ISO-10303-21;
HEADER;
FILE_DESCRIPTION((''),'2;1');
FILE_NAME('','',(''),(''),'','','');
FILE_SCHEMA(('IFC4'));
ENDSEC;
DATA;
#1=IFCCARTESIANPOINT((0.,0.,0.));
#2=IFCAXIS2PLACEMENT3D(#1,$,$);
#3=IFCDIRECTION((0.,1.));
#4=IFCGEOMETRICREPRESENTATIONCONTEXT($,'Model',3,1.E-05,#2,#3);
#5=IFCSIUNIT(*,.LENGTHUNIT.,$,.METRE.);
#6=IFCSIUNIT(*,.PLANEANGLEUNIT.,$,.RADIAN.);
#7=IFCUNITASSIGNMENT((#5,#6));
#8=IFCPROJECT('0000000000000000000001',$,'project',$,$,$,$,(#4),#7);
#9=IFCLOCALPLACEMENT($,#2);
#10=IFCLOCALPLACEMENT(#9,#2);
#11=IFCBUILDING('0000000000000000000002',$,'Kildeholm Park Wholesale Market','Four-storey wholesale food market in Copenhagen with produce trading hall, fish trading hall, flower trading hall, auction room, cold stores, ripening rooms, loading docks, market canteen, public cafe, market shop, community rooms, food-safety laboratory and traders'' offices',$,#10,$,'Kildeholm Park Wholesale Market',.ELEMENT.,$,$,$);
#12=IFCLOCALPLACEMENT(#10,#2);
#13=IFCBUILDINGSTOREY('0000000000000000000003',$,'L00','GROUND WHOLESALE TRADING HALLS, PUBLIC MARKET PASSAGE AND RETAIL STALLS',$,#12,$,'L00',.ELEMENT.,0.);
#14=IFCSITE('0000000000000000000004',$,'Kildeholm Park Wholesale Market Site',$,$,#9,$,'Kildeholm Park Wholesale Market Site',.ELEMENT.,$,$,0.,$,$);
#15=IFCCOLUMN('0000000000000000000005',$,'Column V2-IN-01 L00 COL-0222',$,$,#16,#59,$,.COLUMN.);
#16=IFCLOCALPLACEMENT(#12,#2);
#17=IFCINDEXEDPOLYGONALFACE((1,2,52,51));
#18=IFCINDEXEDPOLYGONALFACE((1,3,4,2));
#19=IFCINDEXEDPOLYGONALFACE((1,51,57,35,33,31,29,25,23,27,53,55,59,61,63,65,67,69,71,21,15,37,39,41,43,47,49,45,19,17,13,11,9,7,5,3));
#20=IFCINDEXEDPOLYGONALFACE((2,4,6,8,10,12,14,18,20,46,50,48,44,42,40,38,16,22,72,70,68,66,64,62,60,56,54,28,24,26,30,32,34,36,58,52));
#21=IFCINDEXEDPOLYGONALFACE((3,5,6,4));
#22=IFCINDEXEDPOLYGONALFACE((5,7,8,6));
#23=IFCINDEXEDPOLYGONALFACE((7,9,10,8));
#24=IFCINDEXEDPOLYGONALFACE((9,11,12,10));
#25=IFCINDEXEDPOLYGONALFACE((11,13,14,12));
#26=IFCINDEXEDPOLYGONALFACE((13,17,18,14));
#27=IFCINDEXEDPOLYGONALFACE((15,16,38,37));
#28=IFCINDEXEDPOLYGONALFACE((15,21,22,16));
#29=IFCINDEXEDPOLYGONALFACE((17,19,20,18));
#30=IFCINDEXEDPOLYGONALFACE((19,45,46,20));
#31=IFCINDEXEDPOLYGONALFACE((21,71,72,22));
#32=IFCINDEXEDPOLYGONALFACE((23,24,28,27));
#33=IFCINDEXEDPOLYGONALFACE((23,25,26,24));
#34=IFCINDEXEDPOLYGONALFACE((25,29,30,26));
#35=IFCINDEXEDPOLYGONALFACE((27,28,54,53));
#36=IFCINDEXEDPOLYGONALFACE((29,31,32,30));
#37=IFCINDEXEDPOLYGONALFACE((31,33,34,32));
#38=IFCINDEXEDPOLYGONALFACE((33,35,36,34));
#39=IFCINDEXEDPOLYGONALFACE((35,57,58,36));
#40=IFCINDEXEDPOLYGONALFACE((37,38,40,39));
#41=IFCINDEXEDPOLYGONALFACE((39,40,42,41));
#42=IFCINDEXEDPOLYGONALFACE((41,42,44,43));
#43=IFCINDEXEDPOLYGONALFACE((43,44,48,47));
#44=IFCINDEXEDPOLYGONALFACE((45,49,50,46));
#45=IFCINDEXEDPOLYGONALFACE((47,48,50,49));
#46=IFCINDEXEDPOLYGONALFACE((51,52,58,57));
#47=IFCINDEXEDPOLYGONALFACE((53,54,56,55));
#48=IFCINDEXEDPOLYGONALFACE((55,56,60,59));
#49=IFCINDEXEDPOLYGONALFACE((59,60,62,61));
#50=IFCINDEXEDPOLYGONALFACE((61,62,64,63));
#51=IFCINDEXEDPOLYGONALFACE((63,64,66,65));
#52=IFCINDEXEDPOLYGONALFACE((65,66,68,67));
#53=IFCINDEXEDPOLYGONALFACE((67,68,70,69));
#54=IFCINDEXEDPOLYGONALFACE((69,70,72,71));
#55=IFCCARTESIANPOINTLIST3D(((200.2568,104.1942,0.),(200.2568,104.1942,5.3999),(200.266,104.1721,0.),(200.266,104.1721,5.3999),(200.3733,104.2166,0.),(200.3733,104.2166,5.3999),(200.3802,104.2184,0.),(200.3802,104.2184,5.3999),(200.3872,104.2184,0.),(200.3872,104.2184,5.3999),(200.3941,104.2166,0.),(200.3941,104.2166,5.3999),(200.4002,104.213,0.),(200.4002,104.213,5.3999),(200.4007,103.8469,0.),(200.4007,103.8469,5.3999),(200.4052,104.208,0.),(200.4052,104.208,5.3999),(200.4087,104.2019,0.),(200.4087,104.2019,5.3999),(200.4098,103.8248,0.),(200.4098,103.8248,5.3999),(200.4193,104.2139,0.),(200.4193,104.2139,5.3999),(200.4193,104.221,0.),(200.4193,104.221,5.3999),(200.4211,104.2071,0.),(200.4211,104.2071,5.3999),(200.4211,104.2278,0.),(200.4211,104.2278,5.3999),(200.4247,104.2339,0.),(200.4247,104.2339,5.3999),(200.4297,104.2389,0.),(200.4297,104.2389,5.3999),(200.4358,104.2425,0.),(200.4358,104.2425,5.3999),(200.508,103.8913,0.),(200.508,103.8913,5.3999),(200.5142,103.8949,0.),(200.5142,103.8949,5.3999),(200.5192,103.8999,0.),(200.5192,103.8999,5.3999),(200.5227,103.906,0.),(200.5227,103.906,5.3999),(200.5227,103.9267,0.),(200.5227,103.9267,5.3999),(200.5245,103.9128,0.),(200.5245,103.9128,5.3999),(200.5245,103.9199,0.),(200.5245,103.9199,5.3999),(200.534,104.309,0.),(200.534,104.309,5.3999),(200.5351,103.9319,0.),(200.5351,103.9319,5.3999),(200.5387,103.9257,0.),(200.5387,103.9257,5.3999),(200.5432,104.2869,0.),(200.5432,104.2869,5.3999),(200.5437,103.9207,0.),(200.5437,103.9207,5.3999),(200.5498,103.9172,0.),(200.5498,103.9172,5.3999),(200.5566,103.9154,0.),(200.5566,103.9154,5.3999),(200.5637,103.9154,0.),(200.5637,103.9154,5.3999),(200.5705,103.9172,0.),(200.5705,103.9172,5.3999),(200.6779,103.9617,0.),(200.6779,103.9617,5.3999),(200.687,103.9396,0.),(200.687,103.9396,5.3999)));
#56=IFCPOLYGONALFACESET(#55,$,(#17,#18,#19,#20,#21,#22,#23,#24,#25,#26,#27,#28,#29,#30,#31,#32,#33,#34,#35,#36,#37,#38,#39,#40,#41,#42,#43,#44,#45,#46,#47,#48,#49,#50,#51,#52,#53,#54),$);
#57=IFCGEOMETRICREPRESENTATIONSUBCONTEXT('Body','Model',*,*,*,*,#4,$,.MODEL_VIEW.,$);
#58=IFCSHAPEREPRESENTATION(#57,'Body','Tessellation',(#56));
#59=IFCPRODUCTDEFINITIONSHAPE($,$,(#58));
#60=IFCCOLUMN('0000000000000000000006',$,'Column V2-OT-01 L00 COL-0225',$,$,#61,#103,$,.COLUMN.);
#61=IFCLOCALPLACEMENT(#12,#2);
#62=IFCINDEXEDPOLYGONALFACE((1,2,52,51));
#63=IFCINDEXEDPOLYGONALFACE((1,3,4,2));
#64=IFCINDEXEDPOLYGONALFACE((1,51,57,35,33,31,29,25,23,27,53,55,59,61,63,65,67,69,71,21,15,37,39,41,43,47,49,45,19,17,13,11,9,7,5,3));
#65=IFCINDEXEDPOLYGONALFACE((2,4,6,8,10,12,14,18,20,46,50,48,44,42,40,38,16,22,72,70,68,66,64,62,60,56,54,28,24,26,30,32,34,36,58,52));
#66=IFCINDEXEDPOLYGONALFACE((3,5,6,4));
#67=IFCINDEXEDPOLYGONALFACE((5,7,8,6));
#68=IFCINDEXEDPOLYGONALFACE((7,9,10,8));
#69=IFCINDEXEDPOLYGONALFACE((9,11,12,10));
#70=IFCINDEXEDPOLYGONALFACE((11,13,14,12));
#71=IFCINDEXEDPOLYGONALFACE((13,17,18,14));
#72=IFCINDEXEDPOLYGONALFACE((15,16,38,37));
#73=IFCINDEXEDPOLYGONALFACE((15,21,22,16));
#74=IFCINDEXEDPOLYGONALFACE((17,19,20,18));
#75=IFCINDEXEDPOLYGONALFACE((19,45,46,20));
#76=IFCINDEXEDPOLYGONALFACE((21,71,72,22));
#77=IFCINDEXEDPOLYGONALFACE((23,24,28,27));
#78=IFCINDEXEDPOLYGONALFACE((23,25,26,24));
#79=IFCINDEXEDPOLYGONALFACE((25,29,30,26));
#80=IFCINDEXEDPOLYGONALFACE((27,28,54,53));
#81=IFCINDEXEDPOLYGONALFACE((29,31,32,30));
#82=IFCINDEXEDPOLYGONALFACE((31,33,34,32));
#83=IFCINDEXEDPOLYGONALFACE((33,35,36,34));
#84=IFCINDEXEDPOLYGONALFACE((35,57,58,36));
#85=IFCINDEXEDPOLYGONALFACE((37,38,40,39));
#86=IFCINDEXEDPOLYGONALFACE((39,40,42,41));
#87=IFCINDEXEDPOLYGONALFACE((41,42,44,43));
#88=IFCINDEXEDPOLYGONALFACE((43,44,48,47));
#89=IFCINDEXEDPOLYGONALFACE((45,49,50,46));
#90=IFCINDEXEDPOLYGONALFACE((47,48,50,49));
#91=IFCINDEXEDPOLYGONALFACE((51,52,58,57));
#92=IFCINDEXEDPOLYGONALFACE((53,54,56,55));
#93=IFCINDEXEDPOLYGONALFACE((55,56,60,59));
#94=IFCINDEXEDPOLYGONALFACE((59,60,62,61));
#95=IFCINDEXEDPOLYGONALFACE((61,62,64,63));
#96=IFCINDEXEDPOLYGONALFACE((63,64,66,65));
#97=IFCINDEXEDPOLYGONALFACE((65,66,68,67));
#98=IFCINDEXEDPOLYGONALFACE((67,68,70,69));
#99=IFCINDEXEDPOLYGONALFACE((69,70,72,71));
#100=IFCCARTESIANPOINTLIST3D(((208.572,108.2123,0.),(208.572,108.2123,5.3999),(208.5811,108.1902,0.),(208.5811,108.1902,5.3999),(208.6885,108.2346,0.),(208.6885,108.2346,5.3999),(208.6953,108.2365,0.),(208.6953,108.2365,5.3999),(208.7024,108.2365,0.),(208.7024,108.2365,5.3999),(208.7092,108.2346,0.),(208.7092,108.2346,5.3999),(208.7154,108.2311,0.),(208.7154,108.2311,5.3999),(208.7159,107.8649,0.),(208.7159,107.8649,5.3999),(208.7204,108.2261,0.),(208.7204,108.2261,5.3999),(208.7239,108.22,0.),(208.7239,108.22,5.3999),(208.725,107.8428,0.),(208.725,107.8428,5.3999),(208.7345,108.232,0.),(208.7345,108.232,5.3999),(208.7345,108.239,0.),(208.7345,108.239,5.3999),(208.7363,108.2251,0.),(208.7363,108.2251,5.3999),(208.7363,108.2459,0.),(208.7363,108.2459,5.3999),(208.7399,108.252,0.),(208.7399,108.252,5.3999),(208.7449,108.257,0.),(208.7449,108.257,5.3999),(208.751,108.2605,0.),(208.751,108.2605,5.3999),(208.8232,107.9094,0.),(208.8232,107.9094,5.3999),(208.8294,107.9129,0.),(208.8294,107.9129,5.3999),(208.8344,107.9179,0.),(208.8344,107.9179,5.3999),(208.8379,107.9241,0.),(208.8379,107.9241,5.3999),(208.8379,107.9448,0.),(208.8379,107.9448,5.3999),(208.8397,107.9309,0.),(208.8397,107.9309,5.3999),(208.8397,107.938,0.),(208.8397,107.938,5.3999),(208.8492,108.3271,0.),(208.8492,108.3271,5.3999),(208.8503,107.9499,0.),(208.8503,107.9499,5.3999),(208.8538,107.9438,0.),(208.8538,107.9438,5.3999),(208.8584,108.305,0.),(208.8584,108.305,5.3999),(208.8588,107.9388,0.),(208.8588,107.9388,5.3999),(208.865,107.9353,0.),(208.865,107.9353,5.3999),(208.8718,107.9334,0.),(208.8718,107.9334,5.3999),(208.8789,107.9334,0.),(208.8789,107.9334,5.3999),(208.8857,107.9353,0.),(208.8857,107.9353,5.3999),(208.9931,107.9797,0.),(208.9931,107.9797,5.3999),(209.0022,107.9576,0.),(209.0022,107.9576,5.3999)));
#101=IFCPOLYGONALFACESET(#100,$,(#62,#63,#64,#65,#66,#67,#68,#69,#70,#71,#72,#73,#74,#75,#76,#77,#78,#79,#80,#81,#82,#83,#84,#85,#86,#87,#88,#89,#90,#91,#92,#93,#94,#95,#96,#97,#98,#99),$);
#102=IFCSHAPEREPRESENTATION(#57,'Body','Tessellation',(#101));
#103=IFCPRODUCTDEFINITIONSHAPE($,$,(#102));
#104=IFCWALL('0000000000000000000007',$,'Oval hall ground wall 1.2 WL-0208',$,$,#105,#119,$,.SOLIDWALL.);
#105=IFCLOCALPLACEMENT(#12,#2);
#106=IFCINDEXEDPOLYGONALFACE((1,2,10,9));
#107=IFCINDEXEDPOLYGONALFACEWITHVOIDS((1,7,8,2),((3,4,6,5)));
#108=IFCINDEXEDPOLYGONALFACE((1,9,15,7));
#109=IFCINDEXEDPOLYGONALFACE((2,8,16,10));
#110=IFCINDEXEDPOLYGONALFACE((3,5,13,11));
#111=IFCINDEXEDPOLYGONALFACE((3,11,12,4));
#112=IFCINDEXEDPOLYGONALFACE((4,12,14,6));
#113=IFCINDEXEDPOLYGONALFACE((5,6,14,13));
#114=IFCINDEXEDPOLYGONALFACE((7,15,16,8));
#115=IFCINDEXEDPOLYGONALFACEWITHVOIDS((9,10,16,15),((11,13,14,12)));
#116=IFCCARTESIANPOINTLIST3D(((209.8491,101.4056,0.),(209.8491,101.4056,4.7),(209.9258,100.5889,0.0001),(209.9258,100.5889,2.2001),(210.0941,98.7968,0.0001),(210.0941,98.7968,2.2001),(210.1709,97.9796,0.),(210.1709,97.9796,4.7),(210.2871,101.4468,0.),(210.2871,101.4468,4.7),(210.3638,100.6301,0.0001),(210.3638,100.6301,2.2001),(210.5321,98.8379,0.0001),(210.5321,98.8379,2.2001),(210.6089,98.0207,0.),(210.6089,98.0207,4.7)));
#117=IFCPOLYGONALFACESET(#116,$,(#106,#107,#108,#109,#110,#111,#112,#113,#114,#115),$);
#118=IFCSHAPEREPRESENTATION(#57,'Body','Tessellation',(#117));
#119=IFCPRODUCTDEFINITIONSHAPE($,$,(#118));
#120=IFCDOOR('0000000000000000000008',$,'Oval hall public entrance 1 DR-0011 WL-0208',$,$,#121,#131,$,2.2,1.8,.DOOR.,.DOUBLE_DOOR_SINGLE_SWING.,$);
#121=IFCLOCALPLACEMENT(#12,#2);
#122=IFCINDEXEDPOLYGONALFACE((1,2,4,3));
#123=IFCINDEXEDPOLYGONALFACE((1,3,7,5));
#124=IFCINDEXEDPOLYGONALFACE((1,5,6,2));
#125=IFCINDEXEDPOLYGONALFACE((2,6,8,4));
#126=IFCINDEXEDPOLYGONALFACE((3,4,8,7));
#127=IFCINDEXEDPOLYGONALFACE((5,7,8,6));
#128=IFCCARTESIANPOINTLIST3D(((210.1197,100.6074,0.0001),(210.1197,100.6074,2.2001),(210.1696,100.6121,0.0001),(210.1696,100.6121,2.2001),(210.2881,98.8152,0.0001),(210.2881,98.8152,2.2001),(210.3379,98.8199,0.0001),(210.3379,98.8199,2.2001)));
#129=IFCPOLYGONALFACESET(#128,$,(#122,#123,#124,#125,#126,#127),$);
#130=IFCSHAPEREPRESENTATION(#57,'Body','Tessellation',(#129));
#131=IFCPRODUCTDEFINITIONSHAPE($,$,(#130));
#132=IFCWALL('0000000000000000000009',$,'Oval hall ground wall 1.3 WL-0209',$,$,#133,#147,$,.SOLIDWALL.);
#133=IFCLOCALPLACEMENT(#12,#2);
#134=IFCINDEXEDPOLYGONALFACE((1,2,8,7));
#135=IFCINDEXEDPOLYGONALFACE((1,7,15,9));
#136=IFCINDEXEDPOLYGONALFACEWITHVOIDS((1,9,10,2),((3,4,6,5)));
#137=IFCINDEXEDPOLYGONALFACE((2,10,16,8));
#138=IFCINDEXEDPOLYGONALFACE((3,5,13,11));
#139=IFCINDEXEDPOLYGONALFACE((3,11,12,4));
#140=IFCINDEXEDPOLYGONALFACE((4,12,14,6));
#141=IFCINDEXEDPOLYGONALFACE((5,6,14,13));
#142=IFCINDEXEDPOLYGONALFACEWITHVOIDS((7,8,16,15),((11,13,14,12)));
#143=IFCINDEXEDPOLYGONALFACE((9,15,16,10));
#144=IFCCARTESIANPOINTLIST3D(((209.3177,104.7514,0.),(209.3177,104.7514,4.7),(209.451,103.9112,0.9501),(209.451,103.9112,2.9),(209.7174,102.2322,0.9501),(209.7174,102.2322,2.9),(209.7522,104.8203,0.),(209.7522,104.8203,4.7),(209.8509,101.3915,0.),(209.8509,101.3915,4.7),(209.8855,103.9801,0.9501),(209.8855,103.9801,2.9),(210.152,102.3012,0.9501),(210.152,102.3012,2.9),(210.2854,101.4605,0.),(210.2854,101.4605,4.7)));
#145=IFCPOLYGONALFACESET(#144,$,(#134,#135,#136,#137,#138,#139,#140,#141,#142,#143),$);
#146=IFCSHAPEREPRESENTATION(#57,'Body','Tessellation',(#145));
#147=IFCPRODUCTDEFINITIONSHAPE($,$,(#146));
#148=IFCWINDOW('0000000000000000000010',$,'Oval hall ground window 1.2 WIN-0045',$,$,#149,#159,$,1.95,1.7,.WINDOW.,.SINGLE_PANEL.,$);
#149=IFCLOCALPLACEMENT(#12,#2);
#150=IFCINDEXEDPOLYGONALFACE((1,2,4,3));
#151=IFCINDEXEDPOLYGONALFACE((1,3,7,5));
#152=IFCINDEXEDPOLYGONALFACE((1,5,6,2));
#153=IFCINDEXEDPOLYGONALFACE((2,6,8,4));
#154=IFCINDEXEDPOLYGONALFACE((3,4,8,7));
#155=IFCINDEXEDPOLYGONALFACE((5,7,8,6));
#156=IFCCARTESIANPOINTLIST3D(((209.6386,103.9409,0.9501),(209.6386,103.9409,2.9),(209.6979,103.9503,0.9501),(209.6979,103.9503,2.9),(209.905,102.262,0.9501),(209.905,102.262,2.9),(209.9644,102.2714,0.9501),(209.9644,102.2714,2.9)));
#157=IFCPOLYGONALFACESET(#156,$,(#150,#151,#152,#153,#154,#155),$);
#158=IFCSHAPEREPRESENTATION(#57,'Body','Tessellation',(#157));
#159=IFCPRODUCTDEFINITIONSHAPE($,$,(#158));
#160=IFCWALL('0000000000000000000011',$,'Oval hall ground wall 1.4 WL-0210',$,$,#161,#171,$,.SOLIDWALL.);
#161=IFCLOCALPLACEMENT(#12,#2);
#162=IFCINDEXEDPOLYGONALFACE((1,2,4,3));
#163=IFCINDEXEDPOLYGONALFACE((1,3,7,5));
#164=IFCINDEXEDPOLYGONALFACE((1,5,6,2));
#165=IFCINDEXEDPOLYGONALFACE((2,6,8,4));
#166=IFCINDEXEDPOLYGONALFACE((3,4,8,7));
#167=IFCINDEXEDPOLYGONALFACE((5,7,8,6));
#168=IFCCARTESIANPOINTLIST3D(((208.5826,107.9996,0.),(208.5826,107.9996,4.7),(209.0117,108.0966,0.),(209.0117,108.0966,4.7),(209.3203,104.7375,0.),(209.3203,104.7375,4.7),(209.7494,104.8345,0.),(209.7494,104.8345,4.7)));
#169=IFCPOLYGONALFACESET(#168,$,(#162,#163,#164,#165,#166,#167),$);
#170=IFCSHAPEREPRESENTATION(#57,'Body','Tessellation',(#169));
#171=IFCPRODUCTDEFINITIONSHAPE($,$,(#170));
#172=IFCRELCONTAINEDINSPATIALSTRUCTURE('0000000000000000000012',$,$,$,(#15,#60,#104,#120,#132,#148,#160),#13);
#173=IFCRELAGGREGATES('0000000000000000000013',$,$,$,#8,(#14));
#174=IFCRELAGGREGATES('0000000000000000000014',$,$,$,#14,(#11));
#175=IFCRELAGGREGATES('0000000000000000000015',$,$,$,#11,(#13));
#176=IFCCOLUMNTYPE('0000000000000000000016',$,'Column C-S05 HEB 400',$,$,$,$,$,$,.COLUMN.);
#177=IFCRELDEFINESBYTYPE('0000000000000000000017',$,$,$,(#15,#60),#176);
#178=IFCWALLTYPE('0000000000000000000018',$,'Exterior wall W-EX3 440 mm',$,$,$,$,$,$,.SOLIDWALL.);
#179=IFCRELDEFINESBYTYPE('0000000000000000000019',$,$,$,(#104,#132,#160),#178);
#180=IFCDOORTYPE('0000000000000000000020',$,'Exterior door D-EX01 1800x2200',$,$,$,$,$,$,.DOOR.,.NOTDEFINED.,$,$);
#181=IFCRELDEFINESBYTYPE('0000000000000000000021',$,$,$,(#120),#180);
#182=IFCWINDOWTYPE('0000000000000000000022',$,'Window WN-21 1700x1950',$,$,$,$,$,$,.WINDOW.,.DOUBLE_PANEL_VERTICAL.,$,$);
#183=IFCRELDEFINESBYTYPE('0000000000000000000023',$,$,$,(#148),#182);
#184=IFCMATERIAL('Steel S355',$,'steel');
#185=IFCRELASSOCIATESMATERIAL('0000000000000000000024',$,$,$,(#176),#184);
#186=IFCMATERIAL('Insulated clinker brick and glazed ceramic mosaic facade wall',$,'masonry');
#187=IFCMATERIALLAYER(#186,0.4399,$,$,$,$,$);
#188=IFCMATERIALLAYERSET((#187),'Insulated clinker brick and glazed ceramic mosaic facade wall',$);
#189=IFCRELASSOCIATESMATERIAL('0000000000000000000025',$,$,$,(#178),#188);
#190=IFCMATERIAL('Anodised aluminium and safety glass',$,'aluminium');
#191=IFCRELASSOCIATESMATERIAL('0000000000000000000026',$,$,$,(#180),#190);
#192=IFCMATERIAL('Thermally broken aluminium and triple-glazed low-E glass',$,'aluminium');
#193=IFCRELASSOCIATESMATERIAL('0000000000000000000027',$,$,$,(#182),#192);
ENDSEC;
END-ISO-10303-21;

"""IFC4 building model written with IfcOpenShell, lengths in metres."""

from ifc_helpers import new_model, si_unit, direction, frame, frame_2d, origin, origin_2d, place, context, subcontext, project, spatial, rectangle, i_section, extrude, material, layer, layer_set, material_profile, profile_set, type_object, element, fill, save


model = new_model("IFC4")

# Units and contexts
model_context = context("Model", 3, precision=1e-05, world=origin(), true_north=direction((0.0, 1.0)))
body_context = subcontext(model_context, "Body", "Model", "MODEL_VIEW")
ifc_project = project(units=[si_unit("LENGTHUNIT", "METRE"), si_unit("PLANEANGLEUNIT", "RADIAN")], contexts=[model_context])

# Site, building, storey
site_placement = place(None, origin())
site = spatial("IfcSite", under=ifc_project, at=site_placement, Name="Kildeholm Park Wholesale Market Site", LongName="Kildeholm Park Wholesale Market Site", CompositionType="ELEMENT", RefElevation=0.0)
building_placement = place(site_placement, origin())
building = spatial("IfcBuilding", under=site, at=building_placement, Name="Kildeholm Park Wholesale Market", Description="Four-storey wholesale food market in Copenhagen with produce trading hall, fish trading hall, flower trading hall, auction room, cold stores, ripening rooms, loading docks, market canteen, public cafe, market shop, community rooms, food-safety laboratory and traders' offices", LongName="Kildeholm Park Wholesale Market", CompositionType="ELEMENT")
storey_placement = place(building_placement, origin())
storey = spatial("IfcBuildingStorey", under=building, at=storey_placement, Name="L00", Description="GROUND WHOLESALE TRADING HALLS, PUBLIC MARKET PASSAGE AND RETAIL STALLS", LongName="L00", CompositionType="ELEMENT", Elevation=0.0)

# Columns
ifc_material_1 = material(Name="Steel S355", Category="steel")
ifc_material_profile_1 = material_profile(ifc_material_1, i_section(OverallWidth=0.3, OverallDepth=0.3999, WebThickness=0.0134, FlangeThickness=0.0239, FilletRadius=0.0271, at=origin_2d()), Name="HEB 400")
ifc_profile_set_1 = profile_set([ifc_material_profile_1], Name="Steel S355")
column_type = type_object("IfcColumnType", Name="Column C-S05 HEB 400", PredefinedType="COLUMN", material=ifc_profile_set_1)
for number, where, z_axis, x_axis, name in (
    (1, (200.4719, 104.0669, 0.0), (0.0, 0.0, 1.0), (0.92388, 0.382683, 0.0), "Column V2-IN-01 L00 COL-0222"),
    (2, (208.7871, 108.085, 0.0), (0.0, 0.0, 1.0), (0.92388, 0.382683, 0.0), "Column V2-OT-01 L00 COL-0225"),
):
    element("IfcColumn", number, at=place(storey_placement, frame(where, z_axis=z_axis, x_axis=x_axis)), inside=storey, type_object=column_type, Name=name, PredefinedType="COLUMN", context=body_context, shape_type="SweptSolid", body=[
        extrude(i_section(OverallWidth=0.3, OverallDepth=0.3999, WebThickness=0.0134, FlangeThickness=0.0239, FilletRadius=0.0271, at=origin_2d()), origin(), (0.0, 0.0, 1.0), 5.3999),
    ])

# Wall, opening, door
ifc_material_2 = material(Name="Insulated clinker brick and glazed ceramic mosaic facade wall", Category="masonry")
ifc_layer_1 = layer(ifc_material_2, 0.4399)
ifc_layer_set_1 = layer_set([ifc_layer_1], Name="Insulated clinker brick and glazed ceramic mosaic facade wall")
wall_type_1 = type_object("IfcWallType", Name="Exterior wall W-EX3 440 mm", PredefinedType="SOLIDWALL", material=ifc_layer_set_1)
wall_1_placement = place(storey_placement, frame((210.3899, 98.0, 0.0), z_axis=(0.0, 0.0, 1.0), x_axis=(-0.09351, 0.995618, 0.0)))
wall_1 = element("IfcWall", 3, at=wall_1_placement, inside=storey, type_object=wall_type_1, Name="Oval hall ground wall 1.2 WL-0208", PredefinedType="SOLIDWALL", context=body_context, shape_type="SweptSolid", body=[
    extrude(rectangle(XDim=3.4412, YDim=0.4399, at=frame_2d((1.7207, 0.0))), origin(), (0.0, 0.0, 1.0), 4.7),
])
opening_1_placement = place(wall_1_placement, frame((0.821, 0.0, 0.0)))
opening_1 = element("IfcOpeningElement", 4, at=opening_1_placement, cuts=wall_1, PredefinedType="OPENING", context=body_context, shape_type="SweptSolid", body=[
    extrude(rectangle(XDim=1.8, YDim=2.2, at=frame_2d((0.8999, 1.1001))), frame((0.0, 0.23, 0.0), z_axis=(0.0, -1.0, 0.0), x_axis=(1.0, 0.0, 0.0)), (0.0, 0.0, 1.0), 0.46),
])
ifc_material_3 = material(Name="Anodised aluminium and safety glass", Category="aluminium")
door_type_1 = type_object("IfcDoorType", Name="Exterior door D-EX01 1800x2200", OperationType="NOTDEFINED", PredefinedType="DOOR", material=ifc_material_3)
door_1_placement = place(opening_1_placement, frame((1.8, 0.0, 0.0), z_axis=(0.0, 0.0, 1.0), x_axis=(-1.0, 0.0, 0.0)))
door_1 = element("IfcDoor", 5, at=door_1_placement, inside=storey, type_object=door_type_1, Name="Oval hall public entrance 1 DR-0011 WL-0208", OperationType="DOUBLE_DOOR_SINGLE_SWING", OverallHeight=2.2, OverallWidth=1.8, PredefinedType="DOOR", context=body_context, shape_type="SweptSolid", body=[
    extrude(rectangle(XDim=1.8, YDim=2.2, at=frame_2d((0.8999, 1.1001))), frame((0.0, 0.0249, 0.0), z_axis=(0.0, -1.0, 0.0), x_axis=(1.0, 0.0, 0.0)), (0.0, 0.0, 1.0), 0.05),
])
fill(opening_1, door_1)

# Wall, opening, window
wall_2_placement = place(storey_placement, frame((210.0681, 101.426, 0.0), z_axis=(0.0, 0.0, 1.0), x_axis=(-0.156736, 0.98764, 0.0)))
wall_2 = element("IfcWall", 6, at=wall_2_placement, inside=storey, type_object=wall_type_1, Name="Oval hall ground wall 1.3 WL-0209", PredefinedType="SOLIDWALL", context=body_context, shape_type="SweptSolid", body=[
    extrude(rectangle(XDim=3.4019, YDim=0.4399, at=frame_2d((1.7009, 0.0))), origin(), (0.0, 0.0, 1.0), 4.7),
])
opening_2_placement = place(wall_2_placement, frame((0.8511, 0.0, 0.95)))
opening_2 = element("IfcOpeningElement", 7, at=opening_2_placement, cuts=wall_2, PredefinedType="OPENING", context=body_context, shape_type="SweptSolid", body=[
    extrude(rectangle(XDim=1.7, YDim=1.95, at=frame_2d((0.8501, 0.9751))), frame((0.0, 0.23, 0.0), z_axis=(0.0, -1.0, 0.0), x_axis=(1.0, 0.0, 0.0)), (0.0, 0.0, 1.0), 0.46),
])
ifc_material_4 = material(Name="Thermally broken aluminium and triple-glazed low-E glass", Category="aluminium")
window_type = type_object("IfcWindowType", Name="Window WN-21 1700x1950", PartitioningType="DOUBLE_PANEL_VERTICAL", PredefinedType="WINDOW", material=ifc_material_4)
window_placement = place(opening_2_placement, origin())
window = element("IfcWindow", 8, at=window_placement, inside=storey, type_object=window_type, Name="Oval hall ground window 1.2 WIN-0045", OverallHeight=1.95, OverallWidth=1.7, PartitioningType="SINGLE_PANEL", PredefinedType="WINDOW", context=body_context, shape_type="SweptSolid", body=[
    extrude(rectangle(XDim=1.7, YDim=1.95, at=frame_2d((0.8501, 0.9751))), frame((0.0, 0.03, 0.0), z_axis=(0.0, -1.0, 0.0), x_axis=(1.0, 0.0, 0.0)), (0.0, 0.0, 1.0), 0.0601),
])
fill(opening_2, window)

# Wall
wall_3_placement = place(storey_placement, frame((209.5349, 104.7859, 0.0), z_axis=(0.0, 0.0, 1.0), x_axis=(-0.220592, 0.975366, 0.0)))
element("IfcWall", 9, at=wall_3_placement, inside=storey, type_object=wall_type_1, Name="Oval hall ground wall 1.4 WL-0210", PredefinedType="SOLIDWALL", context=body_context, shape_type="SweptSolid", body=[
    extrude(rectangle(XDim=3.3445, YDim=0.4399, at=frame_2d((1.6724, 0.0))), origin(), (0.0, 0.0, 1.0), 4.7),
])

save(model, "model.ifc")
